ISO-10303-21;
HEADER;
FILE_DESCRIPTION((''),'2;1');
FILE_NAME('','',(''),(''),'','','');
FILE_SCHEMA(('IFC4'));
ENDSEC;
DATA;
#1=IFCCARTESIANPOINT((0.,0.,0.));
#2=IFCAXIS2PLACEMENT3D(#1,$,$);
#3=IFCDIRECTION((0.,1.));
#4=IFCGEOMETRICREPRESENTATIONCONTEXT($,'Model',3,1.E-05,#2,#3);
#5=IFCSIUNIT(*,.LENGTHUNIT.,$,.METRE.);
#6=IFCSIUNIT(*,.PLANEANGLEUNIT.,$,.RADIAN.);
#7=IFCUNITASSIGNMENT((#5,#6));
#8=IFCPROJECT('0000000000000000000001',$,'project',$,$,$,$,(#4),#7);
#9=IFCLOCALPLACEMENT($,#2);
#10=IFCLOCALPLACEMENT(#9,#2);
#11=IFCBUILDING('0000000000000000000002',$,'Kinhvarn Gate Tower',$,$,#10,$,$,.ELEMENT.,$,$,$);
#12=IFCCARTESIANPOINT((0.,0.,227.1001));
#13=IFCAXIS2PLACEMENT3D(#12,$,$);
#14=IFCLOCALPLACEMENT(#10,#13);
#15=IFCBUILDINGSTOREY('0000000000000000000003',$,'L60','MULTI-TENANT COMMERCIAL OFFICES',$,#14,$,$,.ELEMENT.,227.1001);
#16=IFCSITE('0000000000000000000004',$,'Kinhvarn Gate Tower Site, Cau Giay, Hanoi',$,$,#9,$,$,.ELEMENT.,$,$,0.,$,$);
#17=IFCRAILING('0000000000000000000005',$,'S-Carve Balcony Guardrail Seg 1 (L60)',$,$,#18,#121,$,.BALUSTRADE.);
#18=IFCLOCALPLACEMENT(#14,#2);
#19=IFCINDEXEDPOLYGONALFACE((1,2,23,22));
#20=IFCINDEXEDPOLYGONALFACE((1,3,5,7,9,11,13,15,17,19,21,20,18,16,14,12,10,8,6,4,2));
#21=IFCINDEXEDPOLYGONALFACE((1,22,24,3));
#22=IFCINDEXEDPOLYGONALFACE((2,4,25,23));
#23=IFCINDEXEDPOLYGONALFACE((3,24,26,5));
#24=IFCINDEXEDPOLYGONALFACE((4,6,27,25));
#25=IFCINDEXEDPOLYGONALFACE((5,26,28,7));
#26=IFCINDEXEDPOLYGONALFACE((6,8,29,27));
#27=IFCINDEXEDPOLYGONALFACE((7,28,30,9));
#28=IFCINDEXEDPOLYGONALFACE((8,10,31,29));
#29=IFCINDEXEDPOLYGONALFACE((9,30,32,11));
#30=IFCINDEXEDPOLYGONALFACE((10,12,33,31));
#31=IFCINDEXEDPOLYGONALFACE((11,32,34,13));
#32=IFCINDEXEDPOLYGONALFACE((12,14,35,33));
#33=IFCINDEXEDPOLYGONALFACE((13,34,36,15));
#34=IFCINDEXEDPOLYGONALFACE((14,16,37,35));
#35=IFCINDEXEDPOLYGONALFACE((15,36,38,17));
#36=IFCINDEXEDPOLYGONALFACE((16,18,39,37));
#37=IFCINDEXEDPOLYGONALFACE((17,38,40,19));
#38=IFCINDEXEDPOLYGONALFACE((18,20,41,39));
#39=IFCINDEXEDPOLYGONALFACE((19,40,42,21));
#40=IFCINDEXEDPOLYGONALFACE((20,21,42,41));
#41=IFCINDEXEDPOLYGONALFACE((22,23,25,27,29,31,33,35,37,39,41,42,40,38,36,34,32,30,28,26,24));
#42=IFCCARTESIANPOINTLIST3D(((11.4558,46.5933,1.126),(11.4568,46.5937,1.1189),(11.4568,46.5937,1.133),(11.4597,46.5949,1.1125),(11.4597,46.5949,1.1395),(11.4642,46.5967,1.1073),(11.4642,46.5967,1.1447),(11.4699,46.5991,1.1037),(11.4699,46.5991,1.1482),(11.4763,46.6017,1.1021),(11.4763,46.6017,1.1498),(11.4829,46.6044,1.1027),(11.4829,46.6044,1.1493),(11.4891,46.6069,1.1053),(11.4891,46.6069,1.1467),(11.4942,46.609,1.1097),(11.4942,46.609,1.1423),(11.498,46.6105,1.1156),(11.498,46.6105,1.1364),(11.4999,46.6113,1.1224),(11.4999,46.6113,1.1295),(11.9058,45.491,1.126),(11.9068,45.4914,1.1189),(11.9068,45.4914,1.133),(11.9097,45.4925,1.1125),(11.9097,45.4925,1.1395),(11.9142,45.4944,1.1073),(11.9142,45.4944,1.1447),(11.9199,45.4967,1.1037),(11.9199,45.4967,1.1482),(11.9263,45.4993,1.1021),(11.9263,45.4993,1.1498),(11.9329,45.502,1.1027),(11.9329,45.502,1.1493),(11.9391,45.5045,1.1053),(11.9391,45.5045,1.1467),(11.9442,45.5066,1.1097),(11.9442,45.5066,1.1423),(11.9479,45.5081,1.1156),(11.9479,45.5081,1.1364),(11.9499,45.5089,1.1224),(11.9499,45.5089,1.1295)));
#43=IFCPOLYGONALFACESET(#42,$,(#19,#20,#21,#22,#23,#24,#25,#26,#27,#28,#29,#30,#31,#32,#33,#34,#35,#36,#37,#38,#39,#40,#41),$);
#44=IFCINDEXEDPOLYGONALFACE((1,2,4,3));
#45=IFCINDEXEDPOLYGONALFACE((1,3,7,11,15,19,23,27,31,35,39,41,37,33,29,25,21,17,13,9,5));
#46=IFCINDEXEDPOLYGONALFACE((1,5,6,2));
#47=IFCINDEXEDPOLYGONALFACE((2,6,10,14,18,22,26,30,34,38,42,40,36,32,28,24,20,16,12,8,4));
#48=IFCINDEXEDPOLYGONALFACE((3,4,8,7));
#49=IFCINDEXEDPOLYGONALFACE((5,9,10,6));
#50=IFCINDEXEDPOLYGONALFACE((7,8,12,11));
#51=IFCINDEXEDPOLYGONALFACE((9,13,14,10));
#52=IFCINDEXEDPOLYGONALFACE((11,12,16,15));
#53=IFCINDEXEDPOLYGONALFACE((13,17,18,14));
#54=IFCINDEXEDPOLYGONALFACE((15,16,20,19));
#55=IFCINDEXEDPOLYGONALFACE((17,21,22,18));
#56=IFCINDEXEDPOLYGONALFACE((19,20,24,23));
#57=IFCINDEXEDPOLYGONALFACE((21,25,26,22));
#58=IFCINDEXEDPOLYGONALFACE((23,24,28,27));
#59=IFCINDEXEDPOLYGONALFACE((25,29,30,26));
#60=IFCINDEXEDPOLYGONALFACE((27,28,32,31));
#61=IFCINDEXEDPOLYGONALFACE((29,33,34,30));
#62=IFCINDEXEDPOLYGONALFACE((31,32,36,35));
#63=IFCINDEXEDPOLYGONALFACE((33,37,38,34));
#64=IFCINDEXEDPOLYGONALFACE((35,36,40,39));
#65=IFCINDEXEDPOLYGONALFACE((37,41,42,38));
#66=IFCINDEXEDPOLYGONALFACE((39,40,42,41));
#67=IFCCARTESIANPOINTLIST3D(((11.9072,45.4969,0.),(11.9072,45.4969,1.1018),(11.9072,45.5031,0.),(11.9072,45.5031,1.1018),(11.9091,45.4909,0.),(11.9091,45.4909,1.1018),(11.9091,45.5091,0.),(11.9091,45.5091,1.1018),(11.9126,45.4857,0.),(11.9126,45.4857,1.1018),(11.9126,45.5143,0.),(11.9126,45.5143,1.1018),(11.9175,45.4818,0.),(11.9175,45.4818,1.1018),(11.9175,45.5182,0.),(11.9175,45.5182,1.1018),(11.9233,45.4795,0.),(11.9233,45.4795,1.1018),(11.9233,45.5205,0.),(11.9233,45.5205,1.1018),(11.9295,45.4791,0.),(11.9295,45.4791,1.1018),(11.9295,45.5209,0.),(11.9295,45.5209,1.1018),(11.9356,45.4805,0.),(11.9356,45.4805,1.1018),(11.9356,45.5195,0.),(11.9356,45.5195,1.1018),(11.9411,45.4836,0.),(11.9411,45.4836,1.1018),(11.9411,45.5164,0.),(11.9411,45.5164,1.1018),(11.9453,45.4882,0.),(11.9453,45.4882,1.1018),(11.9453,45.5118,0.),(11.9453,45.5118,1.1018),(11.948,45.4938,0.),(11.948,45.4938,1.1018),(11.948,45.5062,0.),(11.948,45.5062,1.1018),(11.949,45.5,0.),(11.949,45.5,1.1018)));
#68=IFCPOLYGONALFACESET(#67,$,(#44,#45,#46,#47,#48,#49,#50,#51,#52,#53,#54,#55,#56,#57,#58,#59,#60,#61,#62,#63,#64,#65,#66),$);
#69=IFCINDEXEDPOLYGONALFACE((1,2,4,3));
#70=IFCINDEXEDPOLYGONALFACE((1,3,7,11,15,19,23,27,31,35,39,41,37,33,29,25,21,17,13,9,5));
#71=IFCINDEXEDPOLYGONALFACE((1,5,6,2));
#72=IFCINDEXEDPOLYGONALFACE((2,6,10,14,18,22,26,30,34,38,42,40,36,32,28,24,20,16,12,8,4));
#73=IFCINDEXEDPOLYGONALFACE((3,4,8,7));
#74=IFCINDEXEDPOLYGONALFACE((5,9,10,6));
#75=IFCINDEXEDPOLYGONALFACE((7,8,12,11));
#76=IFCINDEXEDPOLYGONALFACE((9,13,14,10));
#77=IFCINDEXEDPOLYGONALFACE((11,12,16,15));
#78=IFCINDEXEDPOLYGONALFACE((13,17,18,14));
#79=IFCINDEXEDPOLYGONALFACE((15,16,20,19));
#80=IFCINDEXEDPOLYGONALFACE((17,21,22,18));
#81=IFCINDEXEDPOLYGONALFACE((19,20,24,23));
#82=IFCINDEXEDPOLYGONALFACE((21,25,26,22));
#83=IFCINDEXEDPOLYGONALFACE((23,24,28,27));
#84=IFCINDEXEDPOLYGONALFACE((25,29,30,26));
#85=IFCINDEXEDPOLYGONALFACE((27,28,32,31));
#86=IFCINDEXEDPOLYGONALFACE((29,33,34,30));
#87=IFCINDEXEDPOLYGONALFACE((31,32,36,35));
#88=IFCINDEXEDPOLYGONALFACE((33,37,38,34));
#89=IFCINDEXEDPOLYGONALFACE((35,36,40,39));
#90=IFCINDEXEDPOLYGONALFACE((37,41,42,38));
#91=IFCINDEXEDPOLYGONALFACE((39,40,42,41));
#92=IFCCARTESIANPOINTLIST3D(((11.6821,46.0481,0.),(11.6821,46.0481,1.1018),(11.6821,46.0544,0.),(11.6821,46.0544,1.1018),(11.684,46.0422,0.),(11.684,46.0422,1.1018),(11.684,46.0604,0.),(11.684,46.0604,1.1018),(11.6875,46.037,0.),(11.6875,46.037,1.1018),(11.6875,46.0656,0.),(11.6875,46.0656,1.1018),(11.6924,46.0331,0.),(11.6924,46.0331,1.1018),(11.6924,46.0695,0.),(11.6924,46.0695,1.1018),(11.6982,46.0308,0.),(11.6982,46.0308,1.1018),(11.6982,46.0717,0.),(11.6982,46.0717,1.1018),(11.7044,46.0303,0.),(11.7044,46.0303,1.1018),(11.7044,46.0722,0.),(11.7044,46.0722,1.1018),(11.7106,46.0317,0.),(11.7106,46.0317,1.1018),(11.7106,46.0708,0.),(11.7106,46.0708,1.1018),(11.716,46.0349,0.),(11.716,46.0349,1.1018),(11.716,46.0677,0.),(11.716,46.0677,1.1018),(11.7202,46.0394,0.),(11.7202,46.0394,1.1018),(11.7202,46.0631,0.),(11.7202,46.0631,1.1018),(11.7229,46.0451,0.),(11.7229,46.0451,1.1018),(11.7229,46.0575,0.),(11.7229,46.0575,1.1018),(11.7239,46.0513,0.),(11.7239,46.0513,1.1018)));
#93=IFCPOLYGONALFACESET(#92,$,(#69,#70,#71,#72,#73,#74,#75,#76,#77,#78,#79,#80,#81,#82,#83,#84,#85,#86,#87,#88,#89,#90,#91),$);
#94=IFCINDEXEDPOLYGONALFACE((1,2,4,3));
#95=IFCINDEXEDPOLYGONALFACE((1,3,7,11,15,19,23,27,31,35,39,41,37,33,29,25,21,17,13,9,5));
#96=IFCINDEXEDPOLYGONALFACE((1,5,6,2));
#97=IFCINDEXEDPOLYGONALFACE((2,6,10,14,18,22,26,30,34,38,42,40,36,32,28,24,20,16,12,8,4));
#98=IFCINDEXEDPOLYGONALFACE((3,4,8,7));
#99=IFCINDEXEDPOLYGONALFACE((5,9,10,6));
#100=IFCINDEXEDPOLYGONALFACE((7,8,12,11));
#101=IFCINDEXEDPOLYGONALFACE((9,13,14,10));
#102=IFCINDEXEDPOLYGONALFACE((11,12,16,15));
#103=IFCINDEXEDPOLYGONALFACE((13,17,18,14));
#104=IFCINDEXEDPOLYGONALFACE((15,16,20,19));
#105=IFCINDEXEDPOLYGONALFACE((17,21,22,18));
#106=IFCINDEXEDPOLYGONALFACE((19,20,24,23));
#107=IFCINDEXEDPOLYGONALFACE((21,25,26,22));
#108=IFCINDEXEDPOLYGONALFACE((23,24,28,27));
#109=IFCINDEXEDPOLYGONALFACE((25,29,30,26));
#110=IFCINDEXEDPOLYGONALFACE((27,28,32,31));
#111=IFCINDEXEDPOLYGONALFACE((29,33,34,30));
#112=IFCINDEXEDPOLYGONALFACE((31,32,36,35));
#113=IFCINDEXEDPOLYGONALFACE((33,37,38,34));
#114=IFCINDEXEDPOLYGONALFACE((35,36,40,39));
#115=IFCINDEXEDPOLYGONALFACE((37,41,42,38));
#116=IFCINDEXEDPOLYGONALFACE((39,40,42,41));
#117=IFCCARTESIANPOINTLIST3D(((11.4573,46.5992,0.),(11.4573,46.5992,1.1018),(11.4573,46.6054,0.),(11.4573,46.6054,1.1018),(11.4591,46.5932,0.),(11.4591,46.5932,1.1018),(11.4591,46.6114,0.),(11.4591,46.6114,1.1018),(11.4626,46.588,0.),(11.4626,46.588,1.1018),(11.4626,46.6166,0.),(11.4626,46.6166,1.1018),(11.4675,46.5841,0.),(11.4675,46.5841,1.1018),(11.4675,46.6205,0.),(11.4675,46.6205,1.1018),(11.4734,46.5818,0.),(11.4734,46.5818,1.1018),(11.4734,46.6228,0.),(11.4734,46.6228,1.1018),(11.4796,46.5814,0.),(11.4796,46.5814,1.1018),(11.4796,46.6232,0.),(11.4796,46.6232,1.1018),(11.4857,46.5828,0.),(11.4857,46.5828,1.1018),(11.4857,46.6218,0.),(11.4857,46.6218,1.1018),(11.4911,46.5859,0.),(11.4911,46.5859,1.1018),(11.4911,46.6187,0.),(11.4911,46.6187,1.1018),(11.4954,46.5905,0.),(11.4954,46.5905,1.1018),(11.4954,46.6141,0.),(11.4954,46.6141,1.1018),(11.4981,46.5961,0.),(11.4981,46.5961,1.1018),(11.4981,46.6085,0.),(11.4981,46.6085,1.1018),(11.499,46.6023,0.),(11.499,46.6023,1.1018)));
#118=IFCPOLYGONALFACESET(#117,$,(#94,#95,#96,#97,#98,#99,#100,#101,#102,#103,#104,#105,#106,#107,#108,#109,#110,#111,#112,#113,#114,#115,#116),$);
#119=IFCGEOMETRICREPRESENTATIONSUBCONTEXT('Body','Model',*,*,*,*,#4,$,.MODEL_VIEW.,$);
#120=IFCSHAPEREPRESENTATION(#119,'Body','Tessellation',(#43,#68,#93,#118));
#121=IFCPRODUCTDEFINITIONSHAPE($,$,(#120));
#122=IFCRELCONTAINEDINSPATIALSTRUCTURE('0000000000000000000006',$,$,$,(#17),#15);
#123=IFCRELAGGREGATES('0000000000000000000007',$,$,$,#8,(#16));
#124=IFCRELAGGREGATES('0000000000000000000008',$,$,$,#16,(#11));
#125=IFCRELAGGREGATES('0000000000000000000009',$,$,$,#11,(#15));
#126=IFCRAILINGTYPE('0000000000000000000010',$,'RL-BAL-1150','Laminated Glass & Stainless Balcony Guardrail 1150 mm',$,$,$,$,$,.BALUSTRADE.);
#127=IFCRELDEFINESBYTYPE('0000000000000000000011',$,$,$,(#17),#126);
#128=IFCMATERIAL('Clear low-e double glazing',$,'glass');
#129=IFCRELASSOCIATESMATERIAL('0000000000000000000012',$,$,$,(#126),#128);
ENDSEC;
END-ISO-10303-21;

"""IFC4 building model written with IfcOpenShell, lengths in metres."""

from ifc_helpers import new_model, si_unit, direction, frame, origin, origin_2d, place, context, subcontext, project, spatial, circle, extrude, material, type_object, element, save


model = new_model("IFC4")

# Units and contexts
model_context = context("Model", 3, precision=1e-05, world=origin(), true_north=direction((0.0, 1.0)))
body_context = subcontext(model_context, "Body", "Model", "MODEL_VIEW")
ifc_project = project(units=[si_unit("LENGTHUNIT", "METRE"), si_unit("PLANEANGLEUNIT", "RADIAN")], contexts=[model_context])

# Site, building, storey
site_placement = place(None, origin())
site = spatial("IfcSite", under=ifc_project, at=site_placement, Name="Kinhvarn Gate Tower Site, Cau Giay, Hanoi", CompositionType="ELEMENT", RefElevation=0.0)
building_placement = place(site_placement, origin())
building = spatial("IfcBuilding", under=site, at=building_placement, Name="Kinhvarn Gate Tower", CompositionType="ELEMENT")
storey_placement = place(building_placement, frame((0.0, 0.0, 227.1001)))
storey = spatial("IfcBuildingStorey", under=building, at=storey_placement, Name="L60", Description="MULTI-TENANT COMMERCIAL OFFICES", CompositionType="ELEMENT", Elevation=227.1001)

# Shared definitions
ifc_material_1 = material(Name="Clear low-e double glazing", Category="glass")

# Railing
railing_type_1 = type_object("IfcRailingType", Name="RL-BAL-1150", Description="Laminated Glass & Stainless Balcony Guardrail 1150 mm", PredefinedType="BALUSTRADE", material=ifc_material_1)
railing_1_placement = place(storey_placement, frame((11.928, 45.5, 0.0)))
element("IfcRailing", 1, at=railing_1_placement, inside=storey, type_object=railing_type_1, Name="S-Carve Balcony Guardrail Seg 1 (L60)", PredefinedType="BALUSTRADE", context=body_context, shape_type="SweptSolid", body=[
    extrude(circle(Radius=0.0239, at=origin_2d()), frame((0.0, 0.0, 1.126), z_axis=(-0.377922, 0.925837, 0.0), x_axis=(-0.925837, -0.377922, 0.0)), (0.0, 0.0, 1.0), 1.1907),
    extrude(circle(Radius=0.021, at=origin_2d()), origin(), (0.0, 0.0, 1.0), 1.1018),
    extrude(circle(Radius=0.021, at=origin_2d()), frame((-0.2251, 0.5513, 0.0)), (0.0, 0.0, 1.0), 1.1018),
    extrude(circle(Radius=0.021, at=origin_2d()), frame((-0.45, 1.1023, 0.0)), (0.0, 0.0, 1.0), 1.1018),
])

save(model, "model.ifc")
